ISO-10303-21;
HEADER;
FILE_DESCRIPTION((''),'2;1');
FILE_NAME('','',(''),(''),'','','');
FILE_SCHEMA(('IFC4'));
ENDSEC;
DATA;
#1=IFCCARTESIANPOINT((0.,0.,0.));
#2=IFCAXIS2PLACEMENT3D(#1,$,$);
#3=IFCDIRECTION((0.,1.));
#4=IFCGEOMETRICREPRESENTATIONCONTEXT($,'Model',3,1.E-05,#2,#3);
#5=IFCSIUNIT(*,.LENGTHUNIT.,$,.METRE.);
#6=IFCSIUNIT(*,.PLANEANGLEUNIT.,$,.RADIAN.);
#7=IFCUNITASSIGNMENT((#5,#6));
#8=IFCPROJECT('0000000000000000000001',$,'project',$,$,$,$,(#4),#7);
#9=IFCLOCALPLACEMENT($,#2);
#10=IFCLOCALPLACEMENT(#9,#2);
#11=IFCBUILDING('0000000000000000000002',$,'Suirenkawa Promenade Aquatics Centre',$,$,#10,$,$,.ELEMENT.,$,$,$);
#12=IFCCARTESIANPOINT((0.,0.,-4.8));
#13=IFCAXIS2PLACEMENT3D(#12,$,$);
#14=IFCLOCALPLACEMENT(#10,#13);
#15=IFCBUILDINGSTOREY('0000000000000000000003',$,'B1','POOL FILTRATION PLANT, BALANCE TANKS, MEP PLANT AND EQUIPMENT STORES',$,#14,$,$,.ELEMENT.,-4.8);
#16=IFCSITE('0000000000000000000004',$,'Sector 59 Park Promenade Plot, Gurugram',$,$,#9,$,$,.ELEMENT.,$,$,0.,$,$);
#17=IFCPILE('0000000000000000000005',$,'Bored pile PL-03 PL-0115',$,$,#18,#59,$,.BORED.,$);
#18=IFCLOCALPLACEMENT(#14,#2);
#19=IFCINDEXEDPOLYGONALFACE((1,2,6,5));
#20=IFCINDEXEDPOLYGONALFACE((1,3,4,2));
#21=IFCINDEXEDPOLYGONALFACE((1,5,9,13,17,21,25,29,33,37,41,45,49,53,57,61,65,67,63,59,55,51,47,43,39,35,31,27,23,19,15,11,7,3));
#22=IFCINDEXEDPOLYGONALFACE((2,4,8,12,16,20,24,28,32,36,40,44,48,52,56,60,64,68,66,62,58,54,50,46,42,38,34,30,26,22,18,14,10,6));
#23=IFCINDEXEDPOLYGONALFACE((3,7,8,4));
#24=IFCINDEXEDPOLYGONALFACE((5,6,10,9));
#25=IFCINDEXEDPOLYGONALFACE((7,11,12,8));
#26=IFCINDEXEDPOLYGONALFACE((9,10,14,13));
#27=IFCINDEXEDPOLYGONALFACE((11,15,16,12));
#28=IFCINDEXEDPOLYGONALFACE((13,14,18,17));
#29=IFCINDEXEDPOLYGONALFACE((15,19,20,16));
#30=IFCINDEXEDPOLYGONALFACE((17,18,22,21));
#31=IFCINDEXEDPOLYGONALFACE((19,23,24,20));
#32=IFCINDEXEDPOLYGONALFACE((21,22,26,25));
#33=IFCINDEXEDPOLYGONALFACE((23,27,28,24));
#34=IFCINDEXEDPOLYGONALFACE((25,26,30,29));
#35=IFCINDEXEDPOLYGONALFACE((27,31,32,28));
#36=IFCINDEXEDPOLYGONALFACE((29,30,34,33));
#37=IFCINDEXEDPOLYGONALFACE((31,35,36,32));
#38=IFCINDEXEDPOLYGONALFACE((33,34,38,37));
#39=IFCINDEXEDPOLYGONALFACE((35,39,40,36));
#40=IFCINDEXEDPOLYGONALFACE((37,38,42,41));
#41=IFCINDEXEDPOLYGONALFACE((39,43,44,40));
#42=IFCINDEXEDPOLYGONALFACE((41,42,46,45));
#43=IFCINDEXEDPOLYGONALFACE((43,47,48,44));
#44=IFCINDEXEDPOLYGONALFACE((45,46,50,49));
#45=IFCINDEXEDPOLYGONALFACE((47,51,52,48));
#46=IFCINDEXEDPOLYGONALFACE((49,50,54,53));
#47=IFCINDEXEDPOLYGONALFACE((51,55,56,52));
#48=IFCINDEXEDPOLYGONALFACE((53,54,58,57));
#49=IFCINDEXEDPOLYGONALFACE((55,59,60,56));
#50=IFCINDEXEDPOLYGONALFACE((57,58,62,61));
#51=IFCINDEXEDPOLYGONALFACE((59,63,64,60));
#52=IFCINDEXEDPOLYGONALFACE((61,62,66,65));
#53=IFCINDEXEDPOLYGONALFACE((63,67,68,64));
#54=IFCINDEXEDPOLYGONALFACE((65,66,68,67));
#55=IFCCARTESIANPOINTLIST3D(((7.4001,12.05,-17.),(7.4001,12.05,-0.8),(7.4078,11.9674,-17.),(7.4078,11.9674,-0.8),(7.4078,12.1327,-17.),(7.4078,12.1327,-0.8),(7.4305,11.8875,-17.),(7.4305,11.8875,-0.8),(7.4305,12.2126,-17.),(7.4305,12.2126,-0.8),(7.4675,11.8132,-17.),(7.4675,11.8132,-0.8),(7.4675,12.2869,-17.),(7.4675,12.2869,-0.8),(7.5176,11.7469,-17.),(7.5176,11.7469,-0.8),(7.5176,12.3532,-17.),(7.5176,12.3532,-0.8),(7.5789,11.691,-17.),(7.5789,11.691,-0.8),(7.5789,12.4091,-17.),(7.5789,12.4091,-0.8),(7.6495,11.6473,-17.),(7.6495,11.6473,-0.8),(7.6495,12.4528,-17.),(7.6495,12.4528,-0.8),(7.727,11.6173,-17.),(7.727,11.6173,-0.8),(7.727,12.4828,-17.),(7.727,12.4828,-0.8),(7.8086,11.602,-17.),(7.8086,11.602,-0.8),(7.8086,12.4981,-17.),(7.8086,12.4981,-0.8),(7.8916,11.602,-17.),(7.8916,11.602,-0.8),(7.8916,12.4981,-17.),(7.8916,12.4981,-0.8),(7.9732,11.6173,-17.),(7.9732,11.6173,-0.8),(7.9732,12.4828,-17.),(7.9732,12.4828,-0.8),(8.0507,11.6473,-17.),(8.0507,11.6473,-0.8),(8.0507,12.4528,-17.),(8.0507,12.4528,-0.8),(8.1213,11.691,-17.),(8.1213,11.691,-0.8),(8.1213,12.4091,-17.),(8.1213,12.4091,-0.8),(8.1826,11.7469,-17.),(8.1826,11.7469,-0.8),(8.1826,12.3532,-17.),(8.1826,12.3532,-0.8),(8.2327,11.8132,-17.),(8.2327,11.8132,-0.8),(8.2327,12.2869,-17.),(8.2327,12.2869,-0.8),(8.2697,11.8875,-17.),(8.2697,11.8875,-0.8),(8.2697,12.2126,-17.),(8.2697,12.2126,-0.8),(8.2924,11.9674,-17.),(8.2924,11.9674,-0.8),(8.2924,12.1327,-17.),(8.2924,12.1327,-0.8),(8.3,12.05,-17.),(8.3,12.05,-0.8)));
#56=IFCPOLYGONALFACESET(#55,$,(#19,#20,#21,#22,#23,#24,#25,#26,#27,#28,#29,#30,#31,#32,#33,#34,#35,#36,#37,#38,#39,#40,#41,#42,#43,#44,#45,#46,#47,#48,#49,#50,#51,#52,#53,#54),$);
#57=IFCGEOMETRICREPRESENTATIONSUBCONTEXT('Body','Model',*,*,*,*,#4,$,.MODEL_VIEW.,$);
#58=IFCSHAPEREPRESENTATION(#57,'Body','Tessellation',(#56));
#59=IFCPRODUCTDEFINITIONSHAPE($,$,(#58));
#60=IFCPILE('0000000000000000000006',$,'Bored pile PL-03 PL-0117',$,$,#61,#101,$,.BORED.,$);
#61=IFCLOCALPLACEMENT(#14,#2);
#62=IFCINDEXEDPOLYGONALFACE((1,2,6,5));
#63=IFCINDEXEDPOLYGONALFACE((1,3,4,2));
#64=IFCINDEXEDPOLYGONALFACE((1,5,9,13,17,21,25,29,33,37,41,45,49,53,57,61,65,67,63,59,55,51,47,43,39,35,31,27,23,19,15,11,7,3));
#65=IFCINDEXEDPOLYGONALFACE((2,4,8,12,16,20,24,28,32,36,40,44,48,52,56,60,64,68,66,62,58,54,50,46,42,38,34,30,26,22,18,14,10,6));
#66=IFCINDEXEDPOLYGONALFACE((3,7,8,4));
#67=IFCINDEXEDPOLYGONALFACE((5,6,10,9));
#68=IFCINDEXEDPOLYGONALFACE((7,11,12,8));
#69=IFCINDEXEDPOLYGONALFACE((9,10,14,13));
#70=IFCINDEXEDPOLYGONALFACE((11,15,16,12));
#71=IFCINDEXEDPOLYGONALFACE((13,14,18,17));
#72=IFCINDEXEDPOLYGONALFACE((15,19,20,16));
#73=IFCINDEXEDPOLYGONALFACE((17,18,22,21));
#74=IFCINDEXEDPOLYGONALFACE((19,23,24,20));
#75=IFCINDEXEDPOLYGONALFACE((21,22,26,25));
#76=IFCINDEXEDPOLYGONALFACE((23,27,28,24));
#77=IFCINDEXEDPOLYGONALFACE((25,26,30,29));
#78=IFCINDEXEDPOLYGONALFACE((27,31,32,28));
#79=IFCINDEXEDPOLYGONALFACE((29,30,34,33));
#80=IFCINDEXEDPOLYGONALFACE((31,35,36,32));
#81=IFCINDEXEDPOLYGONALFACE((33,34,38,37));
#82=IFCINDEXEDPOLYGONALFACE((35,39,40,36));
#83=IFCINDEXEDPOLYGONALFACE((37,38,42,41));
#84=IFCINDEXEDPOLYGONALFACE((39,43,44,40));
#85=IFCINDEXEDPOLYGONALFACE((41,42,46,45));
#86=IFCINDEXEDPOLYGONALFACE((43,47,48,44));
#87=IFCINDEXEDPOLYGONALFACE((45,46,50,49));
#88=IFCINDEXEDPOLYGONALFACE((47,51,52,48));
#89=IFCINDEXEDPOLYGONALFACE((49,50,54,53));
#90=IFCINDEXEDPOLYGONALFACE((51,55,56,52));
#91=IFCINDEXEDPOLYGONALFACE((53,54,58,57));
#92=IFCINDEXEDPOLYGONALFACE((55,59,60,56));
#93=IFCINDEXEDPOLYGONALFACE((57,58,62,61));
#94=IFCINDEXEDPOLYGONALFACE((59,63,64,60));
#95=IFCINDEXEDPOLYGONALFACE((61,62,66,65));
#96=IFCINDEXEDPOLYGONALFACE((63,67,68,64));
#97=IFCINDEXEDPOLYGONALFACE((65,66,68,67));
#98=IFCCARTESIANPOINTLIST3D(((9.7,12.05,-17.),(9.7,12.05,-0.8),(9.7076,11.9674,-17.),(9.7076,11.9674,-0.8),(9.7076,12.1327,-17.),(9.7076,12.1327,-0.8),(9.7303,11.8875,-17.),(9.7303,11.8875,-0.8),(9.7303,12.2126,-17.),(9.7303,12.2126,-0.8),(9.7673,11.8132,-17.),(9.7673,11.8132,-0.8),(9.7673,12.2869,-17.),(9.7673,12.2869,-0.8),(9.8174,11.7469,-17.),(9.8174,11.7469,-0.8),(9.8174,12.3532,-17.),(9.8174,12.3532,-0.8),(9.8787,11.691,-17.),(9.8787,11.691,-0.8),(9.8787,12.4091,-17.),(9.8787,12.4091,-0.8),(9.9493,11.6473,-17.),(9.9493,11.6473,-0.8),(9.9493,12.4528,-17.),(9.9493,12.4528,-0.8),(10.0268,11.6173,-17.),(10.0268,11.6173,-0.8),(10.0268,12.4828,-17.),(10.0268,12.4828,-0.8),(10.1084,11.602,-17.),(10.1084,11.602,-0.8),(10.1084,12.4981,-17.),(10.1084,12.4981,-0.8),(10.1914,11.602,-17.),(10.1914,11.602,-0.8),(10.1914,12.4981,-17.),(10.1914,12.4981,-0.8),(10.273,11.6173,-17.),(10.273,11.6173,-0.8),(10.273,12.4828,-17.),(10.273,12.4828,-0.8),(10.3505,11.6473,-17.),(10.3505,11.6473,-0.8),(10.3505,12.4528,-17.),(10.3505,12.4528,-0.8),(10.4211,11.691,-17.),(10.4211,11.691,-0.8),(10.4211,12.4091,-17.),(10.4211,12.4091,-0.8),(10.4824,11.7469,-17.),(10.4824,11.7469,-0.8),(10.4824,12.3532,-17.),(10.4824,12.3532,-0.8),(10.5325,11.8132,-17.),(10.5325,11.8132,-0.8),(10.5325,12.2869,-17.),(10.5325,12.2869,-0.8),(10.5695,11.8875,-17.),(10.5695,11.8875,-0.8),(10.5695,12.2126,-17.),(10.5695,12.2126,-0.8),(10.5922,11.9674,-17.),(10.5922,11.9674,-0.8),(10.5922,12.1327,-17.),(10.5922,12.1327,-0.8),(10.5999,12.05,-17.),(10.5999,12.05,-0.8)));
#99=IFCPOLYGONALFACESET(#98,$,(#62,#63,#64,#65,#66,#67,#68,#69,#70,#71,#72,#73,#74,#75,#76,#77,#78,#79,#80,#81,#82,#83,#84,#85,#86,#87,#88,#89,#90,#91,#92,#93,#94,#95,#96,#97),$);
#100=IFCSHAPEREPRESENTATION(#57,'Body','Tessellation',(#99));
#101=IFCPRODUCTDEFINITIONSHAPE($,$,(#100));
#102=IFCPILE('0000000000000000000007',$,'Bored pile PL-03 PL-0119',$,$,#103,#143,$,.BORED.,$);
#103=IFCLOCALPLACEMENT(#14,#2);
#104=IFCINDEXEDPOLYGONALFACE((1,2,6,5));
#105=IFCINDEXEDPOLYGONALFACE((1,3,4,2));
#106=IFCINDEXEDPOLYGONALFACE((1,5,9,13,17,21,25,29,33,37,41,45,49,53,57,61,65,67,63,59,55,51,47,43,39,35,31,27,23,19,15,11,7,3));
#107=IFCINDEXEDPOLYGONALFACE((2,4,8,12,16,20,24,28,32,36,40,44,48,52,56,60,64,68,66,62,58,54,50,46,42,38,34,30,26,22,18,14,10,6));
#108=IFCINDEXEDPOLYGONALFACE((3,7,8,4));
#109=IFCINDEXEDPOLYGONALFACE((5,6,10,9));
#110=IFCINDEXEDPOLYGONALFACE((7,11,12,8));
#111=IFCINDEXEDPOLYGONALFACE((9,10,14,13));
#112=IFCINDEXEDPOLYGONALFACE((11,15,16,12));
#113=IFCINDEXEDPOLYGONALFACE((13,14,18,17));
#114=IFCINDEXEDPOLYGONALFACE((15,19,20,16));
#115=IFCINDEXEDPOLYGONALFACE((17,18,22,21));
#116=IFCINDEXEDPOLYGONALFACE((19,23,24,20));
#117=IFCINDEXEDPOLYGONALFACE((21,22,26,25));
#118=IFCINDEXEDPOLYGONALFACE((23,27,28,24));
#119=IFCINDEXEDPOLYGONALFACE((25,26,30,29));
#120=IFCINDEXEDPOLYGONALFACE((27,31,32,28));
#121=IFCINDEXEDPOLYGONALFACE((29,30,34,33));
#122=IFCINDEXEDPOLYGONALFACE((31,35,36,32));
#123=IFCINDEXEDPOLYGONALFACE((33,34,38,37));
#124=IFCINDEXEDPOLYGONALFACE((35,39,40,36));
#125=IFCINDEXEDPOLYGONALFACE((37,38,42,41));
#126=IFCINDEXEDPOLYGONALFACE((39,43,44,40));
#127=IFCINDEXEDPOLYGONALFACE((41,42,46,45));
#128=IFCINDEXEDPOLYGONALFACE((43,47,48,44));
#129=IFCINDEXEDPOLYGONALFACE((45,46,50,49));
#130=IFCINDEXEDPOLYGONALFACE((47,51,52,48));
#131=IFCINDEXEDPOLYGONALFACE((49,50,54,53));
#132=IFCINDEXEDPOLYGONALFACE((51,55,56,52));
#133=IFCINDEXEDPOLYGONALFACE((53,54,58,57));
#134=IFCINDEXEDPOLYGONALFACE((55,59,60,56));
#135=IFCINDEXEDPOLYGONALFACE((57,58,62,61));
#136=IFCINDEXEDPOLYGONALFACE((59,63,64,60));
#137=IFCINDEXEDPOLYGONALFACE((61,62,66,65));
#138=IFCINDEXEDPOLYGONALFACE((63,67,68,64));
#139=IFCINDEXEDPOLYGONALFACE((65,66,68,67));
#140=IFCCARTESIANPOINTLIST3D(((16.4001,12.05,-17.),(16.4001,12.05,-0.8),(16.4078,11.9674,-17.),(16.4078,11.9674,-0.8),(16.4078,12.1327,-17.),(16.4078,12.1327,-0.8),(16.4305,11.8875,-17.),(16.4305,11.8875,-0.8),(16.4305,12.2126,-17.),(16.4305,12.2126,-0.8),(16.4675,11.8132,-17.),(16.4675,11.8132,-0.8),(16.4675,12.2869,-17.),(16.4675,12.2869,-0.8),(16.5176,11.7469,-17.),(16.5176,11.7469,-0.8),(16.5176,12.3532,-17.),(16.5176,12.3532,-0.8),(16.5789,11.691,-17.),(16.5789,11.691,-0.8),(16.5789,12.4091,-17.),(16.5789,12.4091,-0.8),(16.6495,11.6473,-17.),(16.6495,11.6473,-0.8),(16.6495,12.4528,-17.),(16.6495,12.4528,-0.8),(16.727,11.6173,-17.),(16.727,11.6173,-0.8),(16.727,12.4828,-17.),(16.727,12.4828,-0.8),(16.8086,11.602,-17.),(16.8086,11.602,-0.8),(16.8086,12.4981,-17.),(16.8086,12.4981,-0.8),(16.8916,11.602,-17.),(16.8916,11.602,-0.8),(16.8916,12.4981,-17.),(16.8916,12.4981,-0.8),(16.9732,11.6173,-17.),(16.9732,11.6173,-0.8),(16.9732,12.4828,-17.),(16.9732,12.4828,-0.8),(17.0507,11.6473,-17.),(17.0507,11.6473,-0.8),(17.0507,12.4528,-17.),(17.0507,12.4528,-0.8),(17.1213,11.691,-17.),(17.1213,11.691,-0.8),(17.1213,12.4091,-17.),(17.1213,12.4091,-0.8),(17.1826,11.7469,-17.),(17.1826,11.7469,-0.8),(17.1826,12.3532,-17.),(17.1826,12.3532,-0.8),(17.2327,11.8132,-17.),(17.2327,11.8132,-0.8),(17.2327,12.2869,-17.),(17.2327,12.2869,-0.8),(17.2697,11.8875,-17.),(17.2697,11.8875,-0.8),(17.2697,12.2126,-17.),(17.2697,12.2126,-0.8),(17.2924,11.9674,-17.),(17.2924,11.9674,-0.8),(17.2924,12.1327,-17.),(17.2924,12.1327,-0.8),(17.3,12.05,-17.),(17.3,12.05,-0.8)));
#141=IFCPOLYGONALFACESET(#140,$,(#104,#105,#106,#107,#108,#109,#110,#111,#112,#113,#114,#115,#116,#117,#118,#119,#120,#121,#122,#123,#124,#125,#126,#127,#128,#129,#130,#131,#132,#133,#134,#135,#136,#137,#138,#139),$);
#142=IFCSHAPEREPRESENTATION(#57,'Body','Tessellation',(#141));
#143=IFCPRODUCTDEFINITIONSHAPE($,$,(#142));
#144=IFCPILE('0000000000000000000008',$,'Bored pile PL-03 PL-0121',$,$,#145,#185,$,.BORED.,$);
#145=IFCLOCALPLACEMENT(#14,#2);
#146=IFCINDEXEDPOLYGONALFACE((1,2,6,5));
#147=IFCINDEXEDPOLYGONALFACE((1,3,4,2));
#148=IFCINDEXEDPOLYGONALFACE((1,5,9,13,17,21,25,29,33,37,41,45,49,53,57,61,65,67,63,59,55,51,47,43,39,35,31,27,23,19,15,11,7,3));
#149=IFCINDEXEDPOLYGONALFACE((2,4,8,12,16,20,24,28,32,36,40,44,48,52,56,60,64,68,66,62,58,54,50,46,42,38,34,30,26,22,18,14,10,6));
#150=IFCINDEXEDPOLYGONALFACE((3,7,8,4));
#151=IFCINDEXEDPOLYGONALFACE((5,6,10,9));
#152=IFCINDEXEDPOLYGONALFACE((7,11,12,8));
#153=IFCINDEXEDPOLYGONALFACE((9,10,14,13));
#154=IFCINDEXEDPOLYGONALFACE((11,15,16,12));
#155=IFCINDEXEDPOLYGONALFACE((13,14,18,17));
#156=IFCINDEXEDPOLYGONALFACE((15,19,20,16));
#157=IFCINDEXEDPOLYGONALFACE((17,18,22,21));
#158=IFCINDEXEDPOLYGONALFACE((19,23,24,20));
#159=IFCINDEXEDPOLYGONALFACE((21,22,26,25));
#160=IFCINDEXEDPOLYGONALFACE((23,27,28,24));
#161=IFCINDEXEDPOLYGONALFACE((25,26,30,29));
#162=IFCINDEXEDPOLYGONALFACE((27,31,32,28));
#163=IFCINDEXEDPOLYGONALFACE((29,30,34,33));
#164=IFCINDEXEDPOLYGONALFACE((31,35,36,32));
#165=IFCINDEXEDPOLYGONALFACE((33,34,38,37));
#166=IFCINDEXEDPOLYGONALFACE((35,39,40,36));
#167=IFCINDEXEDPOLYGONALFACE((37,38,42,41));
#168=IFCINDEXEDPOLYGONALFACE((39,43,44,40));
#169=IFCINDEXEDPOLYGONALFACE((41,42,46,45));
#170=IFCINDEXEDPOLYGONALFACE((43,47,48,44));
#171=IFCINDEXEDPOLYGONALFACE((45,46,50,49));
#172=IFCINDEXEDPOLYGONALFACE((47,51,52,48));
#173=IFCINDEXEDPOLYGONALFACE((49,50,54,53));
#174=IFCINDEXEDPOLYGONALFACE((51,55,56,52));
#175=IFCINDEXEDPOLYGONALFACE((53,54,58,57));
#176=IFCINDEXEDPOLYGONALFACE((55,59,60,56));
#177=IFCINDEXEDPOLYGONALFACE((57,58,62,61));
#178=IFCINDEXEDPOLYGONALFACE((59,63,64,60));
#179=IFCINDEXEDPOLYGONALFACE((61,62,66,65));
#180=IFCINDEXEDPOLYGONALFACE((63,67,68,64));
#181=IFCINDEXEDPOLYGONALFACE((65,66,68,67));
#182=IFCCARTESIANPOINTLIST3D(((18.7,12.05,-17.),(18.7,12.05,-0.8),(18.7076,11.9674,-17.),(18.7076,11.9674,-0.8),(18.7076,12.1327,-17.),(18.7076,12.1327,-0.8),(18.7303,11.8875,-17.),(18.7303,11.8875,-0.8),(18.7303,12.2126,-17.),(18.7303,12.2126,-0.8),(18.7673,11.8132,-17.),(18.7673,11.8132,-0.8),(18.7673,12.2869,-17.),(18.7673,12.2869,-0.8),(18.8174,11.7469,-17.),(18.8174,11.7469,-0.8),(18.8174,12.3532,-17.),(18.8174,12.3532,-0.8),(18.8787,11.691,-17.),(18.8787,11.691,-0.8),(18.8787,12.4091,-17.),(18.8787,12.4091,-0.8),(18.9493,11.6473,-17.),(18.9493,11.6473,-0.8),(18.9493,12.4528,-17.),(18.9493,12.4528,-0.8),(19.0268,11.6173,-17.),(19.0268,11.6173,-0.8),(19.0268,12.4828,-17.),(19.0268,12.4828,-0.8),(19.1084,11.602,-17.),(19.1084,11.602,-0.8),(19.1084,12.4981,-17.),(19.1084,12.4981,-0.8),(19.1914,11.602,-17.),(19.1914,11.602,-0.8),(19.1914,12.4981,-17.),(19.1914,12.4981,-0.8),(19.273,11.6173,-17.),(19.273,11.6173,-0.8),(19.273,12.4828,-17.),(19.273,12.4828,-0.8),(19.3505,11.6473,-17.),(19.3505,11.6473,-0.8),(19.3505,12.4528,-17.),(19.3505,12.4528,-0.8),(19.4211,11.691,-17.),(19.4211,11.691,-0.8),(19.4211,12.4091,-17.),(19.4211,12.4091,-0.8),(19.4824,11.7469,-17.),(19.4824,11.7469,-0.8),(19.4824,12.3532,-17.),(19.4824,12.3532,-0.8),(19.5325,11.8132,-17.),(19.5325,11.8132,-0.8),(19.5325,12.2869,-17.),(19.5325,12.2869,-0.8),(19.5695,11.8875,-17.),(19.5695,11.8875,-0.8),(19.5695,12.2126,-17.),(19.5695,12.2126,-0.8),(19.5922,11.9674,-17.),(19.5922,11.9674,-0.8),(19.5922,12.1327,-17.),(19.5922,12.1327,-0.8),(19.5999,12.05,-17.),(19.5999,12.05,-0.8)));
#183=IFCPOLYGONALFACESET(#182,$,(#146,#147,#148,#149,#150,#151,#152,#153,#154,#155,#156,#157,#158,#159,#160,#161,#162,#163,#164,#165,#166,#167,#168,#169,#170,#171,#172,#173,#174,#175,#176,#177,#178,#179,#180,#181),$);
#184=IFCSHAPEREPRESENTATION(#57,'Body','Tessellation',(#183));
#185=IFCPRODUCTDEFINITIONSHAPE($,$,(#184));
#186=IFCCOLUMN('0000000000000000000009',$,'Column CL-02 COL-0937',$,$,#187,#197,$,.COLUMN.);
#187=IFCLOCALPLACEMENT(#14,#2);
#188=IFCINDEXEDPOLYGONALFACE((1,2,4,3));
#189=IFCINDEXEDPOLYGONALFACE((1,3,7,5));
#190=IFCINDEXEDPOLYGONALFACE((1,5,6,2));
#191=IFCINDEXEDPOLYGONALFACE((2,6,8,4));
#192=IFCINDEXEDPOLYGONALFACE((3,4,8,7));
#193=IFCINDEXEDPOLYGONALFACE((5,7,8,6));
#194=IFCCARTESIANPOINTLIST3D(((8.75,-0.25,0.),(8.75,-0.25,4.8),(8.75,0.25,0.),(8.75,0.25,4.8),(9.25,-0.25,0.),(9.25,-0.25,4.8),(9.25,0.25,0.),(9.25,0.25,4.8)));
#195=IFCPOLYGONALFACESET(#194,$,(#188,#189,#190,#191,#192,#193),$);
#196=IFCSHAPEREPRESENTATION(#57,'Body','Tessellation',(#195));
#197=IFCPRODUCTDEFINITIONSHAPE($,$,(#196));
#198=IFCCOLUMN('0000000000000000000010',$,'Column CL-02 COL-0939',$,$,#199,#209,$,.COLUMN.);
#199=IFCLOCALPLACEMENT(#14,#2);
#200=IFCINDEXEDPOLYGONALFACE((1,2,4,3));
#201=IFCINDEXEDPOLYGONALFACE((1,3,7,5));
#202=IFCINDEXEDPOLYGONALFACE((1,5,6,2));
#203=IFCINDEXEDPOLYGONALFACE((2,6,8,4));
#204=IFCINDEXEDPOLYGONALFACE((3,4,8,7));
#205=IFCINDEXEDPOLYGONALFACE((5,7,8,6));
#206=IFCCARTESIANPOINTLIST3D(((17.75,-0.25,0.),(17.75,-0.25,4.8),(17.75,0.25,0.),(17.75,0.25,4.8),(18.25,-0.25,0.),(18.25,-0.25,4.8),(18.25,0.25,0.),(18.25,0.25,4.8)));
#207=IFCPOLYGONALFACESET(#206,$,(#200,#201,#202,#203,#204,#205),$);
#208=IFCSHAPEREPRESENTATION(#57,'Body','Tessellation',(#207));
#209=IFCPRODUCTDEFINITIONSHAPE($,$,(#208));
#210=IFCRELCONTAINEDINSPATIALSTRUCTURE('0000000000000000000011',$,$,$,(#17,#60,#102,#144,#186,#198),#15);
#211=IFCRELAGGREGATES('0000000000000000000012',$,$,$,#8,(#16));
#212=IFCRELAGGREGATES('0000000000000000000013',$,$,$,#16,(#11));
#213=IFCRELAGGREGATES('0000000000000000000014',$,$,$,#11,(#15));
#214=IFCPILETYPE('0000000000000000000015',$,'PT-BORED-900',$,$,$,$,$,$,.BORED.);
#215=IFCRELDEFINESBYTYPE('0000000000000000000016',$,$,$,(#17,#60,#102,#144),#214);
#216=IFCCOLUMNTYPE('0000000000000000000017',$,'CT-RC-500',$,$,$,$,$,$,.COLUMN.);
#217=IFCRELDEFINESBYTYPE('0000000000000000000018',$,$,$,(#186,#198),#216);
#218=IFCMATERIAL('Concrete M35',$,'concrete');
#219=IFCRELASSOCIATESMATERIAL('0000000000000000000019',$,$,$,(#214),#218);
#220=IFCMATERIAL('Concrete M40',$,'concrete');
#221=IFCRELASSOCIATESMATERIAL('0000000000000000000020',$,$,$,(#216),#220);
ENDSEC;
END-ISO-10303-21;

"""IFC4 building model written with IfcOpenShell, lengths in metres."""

from ifc_helpers import new_model, si_unit, direction, frame, origin, origin_2d, place, context, subcontext, project, spatial, rectangle, circle, extrude, material, material_profile, profile_set, type_object, element, save


model = new_model("IFC4")

# Units and contexts
model_context = context("Model", 3, precision=1e-05, world=origin(), true_north=direction((0.0, 1.0)))
body_context = subcontext(model_context, "Body", "Model", "MODEL_VIEW")
ifc_project = project(units=[si_unit("LENGTHUNIT", "METRE"), si_unit("PLANEANGLEUNIT", "RADIAN")], contexts=[model_context])

# Site, building, storey
site_placement = place(None, origin())
site = spatial("IfcSite", under=ifc_project, at=site_placement, Name="Sector 59 Park Promenade Plot, Gurugram", CompositionType="ELEMENT", RefElevation=0.0)
building_placement = place(site_placement, origin())
building = spatial("IfcBuilding", under=site, at=building_placement, Name="Suirenkawa Promenade Aquatics Centre", CompositionType="ELEMENT")
storey_placement = place(building_placement, frame((0.0, 0.0, -4.8)))
storey = spatial("IfcBuildingStorey", under=building, at=storey_placement, Name="B1", Description="POOL FILTRATION PLANT, BALANCE TANKS, MEP PLANT AND EQUIPMENT STORES", CompositionType="ELEMENT", Elevation=-4.8)

# Shared definitions
ifc_material_1 = material(Name="Concrete M35", Category="concrete")

# Piles
ifc_material_profile_1 = material_profile(ifc_material_1, circle(Radius=0.45, at=origin_2d()), Name="PILE D900", Category="concrete")
ifc_profile_set_1 = profile_set([ifc_material_profile_1], Name="Concrete M35")
pile_type_1 = type_object("IfcPileType", Name="PT-BORED-900", PredefinedType="BORED", material=ifc_profile_set_1)
for number, where, z_axis, x_axis, name in (
    (1, (7.8501, 12.05, -0.8), (0.0, 0.0, -1.0), (1.0, 0.0, 0.0), "Bored pile PL-03 PL-0115"),
    (2, (10.1499, 12.05, -0.8), (0.0, 0.0, -1.0), (1.0, 0.0, 0.0), "Bored pile PL-03 PL-0117"),
    (3, (16.8501, 12.05, -0.8), (0.0, 0.0, -1.0), (1.0, 0.0, 0.0), "Bored pile PL-03 PL-0119"),
    (4, (19.1499, 12.05, -0.8), (0.0, 0.0, -1.0), (1.0, 0.0, 0.0), "Bored pile PL-03 PL-0121"),
):
    element("IfcPile", number, at=place(storey_placement, frame(where, z_axis=z_axis, x_axis=x_axis)), inside=storey, type_object=pile_type_1, Name=name, PredefinedType="BORED", context=body_context, shape_type="SweptSolid", body=[
        extrude(circle(Radius=0.45, at=origin_2d()), origin(), (0.0, 0.0, 1.0), 16.2),
    ])

# Columns
ifc_material_2 = material(Name="Concrete M40", Category="concrete")
ifc_material_profile_2 = material_profile(ifc_material_2, rectangle(XDim=0.5, YDim=0.5, at=origin_2d()), Name="RC COL 500x500", Category="concrete")
ifc_profile_set_2 = profile_set([ifc_material_profile_2], Name="Concrete M40")
column_type_1 = type_object("IfcColumnType", Name="CT-RC-500", PredefinedType="COLUMN", material=ifc_profile_set_2)
for number, where, z_axis, x_axis, name in (
    (5, (9.0, 0.0, 0.0), (0.0, 0.0, 1.0), (1.0, 0.0, 0.0), "Column CL-02 COL-0937"),
    (6, (18.0, 0.0, 0.0), (0.0, 0.0, 1.0), (1.0, 0.0, 0.0), "Column CL-02 COL-0939"),
):
    element("IfcColumn", number, at=place(storey_placement, frame(where, z_axis=z_axis, x_axis=x_axis)), inside=storey, type_object=column_type_1, Name=name, PredefinedType="COLUMN", context=body_context, shape_type="SweptSolid", body=[
        extrude(rectangle(XDim=0.5, YDim=0.5, at=origin_2d()), origin(), (0.0, 0.0, 1.0), 4.8),
    ])

save(model, "model.ifc")
